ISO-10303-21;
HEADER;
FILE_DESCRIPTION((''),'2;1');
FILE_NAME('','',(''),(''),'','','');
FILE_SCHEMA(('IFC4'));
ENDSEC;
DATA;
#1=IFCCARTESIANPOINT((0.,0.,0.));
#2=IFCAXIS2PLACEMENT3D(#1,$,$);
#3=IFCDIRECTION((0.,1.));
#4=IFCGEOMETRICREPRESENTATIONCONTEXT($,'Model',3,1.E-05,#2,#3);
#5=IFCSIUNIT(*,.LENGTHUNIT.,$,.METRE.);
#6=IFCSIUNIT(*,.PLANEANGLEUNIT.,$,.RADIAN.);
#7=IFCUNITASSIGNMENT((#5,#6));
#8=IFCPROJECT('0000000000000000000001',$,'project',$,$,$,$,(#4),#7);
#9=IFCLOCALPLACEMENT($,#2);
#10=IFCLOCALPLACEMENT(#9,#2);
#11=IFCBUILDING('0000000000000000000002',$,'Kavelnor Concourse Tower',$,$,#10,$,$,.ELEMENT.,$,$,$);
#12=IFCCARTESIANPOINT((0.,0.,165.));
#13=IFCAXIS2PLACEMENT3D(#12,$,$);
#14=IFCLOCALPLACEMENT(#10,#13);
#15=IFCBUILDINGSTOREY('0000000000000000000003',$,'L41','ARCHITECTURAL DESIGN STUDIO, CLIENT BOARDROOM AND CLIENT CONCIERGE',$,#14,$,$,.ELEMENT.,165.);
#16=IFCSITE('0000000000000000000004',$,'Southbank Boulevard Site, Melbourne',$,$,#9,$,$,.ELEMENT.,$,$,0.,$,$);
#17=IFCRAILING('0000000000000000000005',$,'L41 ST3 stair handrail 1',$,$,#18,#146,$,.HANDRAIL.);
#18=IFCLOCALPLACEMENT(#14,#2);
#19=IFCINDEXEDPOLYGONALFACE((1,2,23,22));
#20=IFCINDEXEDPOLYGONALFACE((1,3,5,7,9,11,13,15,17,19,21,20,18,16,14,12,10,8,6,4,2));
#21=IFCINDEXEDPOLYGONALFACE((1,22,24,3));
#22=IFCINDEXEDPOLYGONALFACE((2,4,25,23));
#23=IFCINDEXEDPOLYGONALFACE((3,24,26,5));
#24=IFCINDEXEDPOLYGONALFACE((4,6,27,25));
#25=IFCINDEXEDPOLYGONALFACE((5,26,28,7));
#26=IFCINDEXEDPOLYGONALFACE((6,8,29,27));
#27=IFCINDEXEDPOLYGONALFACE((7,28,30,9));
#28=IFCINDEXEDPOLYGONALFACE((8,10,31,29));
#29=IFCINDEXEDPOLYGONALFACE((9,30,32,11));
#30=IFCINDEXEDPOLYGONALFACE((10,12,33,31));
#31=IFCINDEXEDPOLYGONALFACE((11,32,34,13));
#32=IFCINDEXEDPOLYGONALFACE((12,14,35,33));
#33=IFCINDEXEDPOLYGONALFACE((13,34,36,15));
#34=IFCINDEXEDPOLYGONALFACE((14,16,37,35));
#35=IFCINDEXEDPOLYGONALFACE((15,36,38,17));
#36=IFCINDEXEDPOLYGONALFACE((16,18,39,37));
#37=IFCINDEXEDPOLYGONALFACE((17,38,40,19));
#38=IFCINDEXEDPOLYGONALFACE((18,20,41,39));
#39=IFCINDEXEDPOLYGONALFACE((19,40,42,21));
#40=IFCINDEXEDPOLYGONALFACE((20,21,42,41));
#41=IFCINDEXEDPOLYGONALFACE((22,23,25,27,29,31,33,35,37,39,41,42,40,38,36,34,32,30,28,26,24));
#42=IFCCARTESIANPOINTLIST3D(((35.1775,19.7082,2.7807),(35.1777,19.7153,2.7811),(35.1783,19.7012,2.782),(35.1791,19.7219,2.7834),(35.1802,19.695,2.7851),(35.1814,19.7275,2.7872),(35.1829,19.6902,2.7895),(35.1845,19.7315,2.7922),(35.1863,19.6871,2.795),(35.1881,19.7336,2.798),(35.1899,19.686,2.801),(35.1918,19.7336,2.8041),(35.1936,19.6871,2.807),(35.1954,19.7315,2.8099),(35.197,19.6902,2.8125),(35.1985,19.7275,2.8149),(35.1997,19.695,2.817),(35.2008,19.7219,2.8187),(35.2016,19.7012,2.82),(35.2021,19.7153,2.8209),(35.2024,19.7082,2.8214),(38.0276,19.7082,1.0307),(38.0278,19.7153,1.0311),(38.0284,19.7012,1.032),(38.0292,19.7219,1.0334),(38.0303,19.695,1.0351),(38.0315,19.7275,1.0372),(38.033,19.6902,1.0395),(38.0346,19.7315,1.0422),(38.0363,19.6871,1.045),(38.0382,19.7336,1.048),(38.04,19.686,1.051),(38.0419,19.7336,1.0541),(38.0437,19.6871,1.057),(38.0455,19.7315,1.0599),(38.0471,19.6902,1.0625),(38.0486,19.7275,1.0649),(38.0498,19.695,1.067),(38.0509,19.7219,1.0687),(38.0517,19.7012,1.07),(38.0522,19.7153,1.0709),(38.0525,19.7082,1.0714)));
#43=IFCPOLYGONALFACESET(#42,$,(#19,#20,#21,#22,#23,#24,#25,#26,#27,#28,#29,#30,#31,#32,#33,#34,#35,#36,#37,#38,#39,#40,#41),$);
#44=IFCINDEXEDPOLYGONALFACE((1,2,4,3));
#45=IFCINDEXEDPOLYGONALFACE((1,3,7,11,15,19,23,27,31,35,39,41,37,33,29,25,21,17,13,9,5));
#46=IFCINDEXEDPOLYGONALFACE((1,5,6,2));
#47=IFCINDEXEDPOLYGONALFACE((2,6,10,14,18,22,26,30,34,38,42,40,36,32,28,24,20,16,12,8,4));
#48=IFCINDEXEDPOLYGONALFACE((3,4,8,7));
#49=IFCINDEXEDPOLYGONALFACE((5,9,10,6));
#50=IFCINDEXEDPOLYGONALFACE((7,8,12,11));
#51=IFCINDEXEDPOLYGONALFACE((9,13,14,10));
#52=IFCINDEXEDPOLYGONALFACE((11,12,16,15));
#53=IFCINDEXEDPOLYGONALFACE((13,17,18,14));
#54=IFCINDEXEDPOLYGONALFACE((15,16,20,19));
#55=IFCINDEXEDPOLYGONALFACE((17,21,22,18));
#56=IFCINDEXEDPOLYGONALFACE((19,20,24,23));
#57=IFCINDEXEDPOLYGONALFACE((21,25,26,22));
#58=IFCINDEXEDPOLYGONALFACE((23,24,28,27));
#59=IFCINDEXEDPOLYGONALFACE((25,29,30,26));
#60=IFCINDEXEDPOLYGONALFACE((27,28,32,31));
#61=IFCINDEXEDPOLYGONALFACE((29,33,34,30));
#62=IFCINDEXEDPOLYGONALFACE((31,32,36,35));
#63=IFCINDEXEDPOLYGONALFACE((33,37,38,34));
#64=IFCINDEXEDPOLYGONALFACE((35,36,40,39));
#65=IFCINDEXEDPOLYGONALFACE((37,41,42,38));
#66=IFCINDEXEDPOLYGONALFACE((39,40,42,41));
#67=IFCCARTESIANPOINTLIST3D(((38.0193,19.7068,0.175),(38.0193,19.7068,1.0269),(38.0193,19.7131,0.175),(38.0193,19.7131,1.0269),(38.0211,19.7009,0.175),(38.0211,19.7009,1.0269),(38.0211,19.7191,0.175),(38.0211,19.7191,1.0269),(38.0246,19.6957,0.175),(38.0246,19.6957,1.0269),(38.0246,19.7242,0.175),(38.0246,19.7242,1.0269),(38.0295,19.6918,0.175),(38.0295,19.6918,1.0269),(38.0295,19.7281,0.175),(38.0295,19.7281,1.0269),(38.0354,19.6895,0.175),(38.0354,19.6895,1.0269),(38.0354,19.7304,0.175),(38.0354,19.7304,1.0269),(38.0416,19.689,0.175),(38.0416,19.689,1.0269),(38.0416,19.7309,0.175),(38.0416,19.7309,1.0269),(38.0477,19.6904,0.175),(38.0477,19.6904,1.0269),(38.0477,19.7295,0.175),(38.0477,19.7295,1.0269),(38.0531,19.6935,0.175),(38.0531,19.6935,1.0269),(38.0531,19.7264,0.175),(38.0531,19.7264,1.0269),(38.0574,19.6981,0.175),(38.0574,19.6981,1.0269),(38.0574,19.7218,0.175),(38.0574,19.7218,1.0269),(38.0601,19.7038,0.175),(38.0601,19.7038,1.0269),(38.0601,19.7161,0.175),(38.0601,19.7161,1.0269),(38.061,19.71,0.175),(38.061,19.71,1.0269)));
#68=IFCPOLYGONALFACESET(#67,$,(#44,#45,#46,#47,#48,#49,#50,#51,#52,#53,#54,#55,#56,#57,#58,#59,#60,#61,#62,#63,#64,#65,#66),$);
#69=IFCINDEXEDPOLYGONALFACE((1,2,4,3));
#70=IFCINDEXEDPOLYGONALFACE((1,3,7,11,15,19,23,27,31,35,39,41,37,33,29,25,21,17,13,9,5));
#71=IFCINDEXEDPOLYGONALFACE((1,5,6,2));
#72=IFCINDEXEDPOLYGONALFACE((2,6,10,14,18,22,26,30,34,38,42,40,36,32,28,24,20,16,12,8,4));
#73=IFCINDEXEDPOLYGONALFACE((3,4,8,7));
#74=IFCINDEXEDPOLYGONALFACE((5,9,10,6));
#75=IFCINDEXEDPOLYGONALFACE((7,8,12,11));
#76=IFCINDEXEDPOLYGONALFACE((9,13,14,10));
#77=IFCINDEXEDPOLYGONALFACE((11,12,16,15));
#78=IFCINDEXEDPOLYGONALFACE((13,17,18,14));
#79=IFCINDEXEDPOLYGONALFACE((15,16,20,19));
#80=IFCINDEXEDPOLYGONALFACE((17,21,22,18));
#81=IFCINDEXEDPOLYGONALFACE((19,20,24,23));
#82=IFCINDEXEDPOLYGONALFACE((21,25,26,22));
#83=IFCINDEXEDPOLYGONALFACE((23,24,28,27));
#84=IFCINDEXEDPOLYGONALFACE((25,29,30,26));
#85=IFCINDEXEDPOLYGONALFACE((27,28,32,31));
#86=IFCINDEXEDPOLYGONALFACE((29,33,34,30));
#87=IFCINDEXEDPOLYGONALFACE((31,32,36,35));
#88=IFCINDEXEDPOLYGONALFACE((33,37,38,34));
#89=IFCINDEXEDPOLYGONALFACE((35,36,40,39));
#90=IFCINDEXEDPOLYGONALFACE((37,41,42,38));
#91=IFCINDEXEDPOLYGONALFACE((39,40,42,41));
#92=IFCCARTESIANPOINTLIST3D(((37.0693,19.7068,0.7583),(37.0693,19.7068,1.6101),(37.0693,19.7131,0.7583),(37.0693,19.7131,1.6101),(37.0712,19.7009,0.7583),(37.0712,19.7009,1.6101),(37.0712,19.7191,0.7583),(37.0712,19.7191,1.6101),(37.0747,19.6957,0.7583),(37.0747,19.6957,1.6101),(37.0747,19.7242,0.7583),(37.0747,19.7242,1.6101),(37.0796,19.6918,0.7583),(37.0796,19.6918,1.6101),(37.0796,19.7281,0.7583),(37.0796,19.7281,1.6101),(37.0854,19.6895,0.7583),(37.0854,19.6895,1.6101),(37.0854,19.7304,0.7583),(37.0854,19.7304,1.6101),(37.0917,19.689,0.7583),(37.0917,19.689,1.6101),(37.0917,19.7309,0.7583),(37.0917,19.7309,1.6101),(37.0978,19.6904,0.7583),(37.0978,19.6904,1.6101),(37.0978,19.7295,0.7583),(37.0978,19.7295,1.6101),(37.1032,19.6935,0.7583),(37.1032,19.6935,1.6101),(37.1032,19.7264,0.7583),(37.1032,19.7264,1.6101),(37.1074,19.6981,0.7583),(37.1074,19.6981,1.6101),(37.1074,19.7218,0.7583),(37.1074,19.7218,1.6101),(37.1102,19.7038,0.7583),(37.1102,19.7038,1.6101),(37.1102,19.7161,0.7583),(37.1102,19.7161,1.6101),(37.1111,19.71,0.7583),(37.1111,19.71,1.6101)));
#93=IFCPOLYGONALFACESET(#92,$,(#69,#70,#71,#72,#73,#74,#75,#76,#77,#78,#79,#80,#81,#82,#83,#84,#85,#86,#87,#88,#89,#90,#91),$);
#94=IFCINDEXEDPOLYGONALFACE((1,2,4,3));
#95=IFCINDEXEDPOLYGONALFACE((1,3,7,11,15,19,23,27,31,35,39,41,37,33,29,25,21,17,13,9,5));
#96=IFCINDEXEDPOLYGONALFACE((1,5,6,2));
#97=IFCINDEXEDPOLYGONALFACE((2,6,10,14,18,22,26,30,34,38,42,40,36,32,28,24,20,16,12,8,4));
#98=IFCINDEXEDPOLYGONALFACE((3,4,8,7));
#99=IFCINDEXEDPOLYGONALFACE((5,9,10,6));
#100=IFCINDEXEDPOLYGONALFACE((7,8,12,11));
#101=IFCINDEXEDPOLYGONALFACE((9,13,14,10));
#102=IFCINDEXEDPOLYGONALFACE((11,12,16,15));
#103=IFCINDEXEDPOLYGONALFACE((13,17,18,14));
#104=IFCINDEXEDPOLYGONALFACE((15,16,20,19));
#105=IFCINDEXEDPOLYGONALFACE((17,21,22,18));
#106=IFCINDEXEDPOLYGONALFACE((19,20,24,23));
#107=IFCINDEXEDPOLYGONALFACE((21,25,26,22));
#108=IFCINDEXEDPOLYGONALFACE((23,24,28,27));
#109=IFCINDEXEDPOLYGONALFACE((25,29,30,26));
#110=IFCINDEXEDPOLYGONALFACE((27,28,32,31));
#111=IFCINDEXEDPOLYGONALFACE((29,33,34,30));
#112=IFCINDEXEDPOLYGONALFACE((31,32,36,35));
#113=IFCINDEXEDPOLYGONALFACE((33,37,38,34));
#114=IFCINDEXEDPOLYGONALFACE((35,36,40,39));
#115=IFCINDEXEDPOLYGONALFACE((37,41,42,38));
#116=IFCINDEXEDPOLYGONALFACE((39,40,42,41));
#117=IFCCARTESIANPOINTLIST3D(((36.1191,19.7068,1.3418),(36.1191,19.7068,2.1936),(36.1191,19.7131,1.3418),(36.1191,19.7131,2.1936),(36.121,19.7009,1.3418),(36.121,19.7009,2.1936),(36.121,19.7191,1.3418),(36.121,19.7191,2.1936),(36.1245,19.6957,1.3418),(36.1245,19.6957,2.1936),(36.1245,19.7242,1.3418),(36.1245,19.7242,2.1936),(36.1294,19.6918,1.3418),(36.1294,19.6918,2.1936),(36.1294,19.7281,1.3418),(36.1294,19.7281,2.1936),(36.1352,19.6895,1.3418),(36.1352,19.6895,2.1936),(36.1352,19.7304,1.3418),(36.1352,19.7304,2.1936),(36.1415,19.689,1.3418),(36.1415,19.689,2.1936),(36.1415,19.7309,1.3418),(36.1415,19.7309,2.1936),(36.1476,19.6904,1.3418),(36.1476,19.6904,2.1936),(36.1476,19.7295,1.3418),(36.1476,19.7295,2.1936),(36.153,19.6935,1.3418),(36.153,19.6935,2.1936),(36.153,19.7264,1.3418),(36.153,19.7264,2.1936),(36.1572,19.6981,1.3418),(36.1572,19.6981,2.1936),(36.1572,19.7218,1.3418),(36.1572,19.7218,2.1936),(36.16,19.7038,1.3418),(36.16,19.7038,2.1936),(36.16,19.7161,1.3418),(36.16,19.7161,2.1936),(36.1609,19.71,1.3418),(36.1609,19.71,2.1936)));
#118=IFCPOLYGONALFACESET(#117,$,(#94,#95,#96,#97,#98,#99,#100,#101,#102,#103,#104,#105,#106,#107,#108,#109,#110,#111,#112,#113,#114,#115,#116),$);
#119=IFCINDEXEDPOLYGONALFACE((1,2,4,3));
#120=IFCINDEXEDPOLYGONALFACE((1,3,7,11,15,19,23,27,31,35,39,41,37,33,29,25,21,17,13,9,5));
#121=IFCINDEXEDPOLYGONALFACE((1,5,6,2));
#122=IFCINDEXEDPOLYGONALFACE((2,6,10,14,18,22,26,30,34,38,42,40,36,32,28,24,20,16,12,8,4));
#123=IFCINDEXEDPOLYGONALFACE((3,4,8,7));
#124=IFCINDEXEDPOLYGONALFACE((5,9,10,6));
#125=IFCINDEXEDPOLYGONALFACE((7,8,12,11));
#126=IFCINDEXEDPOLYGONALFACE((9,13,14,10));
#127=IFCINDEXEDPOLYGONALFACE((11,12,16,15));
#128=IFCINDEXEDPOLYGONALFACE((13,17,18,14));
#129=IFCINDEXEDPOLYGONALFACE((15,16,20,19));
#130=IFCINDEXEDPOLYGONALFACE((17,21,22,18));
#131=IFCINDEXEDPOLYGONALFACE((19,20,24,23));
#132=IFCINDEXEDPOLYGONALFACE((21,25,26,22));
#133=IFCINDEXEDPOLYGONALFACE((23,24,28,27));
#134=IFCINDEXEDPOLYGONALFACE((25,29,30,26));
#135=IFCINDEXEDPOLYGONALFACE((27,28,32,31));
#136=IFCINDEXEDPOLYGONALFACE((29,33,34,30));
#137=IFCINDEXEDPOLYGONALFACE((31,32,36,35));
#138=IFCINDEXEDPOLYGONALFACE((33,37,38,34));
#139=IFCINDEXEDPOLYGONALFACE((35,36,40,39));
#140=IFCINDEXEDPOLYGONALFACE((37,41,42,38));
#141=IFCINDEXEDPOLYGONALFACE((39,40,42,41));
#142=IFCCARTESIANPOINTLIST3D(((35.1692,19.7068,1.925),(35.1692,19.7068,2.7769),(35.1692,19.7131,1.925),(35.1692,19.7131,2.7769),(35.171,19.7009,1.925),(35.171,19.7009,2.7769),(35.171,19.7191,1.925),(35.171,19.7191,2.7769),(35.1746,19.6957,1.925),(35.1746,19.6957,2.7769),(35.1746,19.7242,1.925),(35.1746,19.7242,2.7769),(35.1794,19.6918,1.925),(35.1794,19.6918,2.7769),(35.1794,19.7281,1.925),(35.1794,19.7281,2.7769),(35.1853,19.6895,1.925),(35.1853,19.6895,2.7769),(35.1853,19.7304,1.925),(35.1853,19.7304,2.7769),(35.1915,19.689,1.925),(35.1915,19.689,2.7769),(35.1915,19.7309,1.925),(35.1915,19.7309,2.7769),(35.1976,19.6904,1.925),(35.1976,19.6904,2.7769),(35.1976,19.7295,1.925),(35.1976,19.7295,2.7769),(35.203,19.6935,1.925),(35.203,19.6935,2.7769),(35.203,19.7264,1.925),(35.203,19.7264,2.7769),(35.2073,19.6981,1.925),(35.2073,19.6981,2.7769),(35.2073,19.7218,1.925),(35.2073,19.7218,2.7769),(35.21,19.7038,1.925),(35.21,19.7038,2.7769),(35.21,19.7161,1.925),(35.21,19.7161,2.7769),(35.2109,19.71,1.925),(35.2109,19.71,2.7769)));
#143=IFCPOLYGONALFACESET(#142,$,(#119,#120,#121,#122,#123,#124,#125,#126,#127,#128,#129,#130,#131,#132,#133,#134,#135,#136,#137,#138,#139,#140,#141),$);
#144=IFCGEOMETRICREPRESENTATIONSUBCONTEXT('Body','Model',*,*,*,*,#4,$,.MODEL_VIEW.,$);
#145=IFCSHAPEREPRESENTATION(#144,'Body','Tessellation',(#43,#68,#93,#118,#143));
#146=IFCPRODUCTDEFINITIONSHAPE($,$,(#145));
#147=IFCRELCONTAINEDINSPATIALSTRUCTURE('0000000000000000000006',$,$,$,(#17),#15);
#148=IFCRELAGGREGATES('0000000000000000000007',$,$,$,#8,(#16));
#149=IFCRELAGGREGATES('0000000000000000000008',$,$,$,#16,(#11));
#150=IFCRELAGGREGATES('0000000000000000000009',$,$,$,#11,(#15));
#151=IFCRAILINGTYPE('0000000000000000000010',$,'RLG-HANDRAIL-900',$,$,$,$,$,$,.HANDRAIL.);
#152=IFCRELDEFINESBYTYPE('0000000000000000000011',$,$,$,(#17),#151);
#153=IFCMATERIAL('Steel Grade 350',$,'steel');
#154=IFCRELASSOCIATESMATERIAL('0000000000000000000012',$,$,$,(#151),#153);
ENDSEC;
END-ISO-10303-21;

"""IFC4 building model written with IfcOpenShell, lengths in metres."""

from ifc_helpers import new_model, si_unit, direction, frame, origin, origin_2d, place, context, subcontext, project, spatial, circle, extrude, material, type_object, element, save


model = new_model("IFC4")

# Units and contexts
model_context = context("Model", 3, precision=1e-05, world=origin(), true_north=direction((0.0, 1.0)))
body_context = subcontext(model_context, "Body", "Model", "MODEL_VIEW")
ifc_project = project(units=[si_unit("LENGTHUNIT", "METRE"), si_unit("PLANEANGLEUNIT", "RADIAN")], contexts=[model_context])

# Site, building, storey
site_placement = place(None, origin())
site = spatial("IfcSite", under=ifc_project, at=site_placement, Name="Southbank Boulevard Site, Melbourne", CompositionType="ELEMENT", RefElevation=0.0)
building_placement = place(site_placement, origin())
building = spatial("IfcBuilding", under=site, at=building_placement, Name="Kavelnor Concourse Tower", CompositionType="ELEMENT")
storey_placement = place(building_placement, frame((0.0, 0.0, 165.0)))
storey = spatial("IfcBuildingStorey", under=building, at=storey_placement, Name="L41", Description="ARCHITECTURAL DESIGN STUDIO, CLIENT BOARDROOM AND CLIENT CONCIERGE", CompositionType="ELEMENT", Elevation=165.0)

# Shared definitions
ifc_material_1 = material(Name="Steel Grade 350", Category="steel")

# Railing
railing_type_1 = type_object("IfcRailingType", Name="RLG-HANDRAIL-900", PredefinedType="HANDRAIL", material=ifc_material_1)
railing_1_placement = place(storey_placement, frame((38.04, 19.71, 0.175)))
element("IfcRailing", 1, at=railing_1_placement, inside=storey, type_object=railing_type_1, Name="L41 ST3 stair handrail 1", PredefinedType="HANDRAIL", context=body_context, shape_type="SweptSolid", body=[
    extrude(circle(Radius=0.0239, at=origin_2d()), frame((0.0, 0.0, 0.876), z_axis=(-0.852179, 0.0, 0.52325), x_axis=(0.0, -1.0, 0.0)), (0.0, 0.0, 1.0), 3.3445),
    extrude(circle(Radius=0.021, at=origin_2d()), origin(), (0.0, 0.0, 1.0), 0.8518),
    extrude(circle(Radius=0.021, at=origin_2d()), frame((-0.95, 0.0, 0.5833)), (0.0, 0.0, 1.0), 0.8518),
    extrude(circle(Radius=0.021, at=origin_2d()), frame((-1.9001, 0.0, 1.1667)), (0.0, 0.0, 1.0), 0.8518),
    extrude(circle(Radius=0.021, at=origin_2d()), frame((-2.8501, 0.0, 1.75)), (0.0, 0.0, 1.0), 0.8518),
])

save(model, "model.ifc")
